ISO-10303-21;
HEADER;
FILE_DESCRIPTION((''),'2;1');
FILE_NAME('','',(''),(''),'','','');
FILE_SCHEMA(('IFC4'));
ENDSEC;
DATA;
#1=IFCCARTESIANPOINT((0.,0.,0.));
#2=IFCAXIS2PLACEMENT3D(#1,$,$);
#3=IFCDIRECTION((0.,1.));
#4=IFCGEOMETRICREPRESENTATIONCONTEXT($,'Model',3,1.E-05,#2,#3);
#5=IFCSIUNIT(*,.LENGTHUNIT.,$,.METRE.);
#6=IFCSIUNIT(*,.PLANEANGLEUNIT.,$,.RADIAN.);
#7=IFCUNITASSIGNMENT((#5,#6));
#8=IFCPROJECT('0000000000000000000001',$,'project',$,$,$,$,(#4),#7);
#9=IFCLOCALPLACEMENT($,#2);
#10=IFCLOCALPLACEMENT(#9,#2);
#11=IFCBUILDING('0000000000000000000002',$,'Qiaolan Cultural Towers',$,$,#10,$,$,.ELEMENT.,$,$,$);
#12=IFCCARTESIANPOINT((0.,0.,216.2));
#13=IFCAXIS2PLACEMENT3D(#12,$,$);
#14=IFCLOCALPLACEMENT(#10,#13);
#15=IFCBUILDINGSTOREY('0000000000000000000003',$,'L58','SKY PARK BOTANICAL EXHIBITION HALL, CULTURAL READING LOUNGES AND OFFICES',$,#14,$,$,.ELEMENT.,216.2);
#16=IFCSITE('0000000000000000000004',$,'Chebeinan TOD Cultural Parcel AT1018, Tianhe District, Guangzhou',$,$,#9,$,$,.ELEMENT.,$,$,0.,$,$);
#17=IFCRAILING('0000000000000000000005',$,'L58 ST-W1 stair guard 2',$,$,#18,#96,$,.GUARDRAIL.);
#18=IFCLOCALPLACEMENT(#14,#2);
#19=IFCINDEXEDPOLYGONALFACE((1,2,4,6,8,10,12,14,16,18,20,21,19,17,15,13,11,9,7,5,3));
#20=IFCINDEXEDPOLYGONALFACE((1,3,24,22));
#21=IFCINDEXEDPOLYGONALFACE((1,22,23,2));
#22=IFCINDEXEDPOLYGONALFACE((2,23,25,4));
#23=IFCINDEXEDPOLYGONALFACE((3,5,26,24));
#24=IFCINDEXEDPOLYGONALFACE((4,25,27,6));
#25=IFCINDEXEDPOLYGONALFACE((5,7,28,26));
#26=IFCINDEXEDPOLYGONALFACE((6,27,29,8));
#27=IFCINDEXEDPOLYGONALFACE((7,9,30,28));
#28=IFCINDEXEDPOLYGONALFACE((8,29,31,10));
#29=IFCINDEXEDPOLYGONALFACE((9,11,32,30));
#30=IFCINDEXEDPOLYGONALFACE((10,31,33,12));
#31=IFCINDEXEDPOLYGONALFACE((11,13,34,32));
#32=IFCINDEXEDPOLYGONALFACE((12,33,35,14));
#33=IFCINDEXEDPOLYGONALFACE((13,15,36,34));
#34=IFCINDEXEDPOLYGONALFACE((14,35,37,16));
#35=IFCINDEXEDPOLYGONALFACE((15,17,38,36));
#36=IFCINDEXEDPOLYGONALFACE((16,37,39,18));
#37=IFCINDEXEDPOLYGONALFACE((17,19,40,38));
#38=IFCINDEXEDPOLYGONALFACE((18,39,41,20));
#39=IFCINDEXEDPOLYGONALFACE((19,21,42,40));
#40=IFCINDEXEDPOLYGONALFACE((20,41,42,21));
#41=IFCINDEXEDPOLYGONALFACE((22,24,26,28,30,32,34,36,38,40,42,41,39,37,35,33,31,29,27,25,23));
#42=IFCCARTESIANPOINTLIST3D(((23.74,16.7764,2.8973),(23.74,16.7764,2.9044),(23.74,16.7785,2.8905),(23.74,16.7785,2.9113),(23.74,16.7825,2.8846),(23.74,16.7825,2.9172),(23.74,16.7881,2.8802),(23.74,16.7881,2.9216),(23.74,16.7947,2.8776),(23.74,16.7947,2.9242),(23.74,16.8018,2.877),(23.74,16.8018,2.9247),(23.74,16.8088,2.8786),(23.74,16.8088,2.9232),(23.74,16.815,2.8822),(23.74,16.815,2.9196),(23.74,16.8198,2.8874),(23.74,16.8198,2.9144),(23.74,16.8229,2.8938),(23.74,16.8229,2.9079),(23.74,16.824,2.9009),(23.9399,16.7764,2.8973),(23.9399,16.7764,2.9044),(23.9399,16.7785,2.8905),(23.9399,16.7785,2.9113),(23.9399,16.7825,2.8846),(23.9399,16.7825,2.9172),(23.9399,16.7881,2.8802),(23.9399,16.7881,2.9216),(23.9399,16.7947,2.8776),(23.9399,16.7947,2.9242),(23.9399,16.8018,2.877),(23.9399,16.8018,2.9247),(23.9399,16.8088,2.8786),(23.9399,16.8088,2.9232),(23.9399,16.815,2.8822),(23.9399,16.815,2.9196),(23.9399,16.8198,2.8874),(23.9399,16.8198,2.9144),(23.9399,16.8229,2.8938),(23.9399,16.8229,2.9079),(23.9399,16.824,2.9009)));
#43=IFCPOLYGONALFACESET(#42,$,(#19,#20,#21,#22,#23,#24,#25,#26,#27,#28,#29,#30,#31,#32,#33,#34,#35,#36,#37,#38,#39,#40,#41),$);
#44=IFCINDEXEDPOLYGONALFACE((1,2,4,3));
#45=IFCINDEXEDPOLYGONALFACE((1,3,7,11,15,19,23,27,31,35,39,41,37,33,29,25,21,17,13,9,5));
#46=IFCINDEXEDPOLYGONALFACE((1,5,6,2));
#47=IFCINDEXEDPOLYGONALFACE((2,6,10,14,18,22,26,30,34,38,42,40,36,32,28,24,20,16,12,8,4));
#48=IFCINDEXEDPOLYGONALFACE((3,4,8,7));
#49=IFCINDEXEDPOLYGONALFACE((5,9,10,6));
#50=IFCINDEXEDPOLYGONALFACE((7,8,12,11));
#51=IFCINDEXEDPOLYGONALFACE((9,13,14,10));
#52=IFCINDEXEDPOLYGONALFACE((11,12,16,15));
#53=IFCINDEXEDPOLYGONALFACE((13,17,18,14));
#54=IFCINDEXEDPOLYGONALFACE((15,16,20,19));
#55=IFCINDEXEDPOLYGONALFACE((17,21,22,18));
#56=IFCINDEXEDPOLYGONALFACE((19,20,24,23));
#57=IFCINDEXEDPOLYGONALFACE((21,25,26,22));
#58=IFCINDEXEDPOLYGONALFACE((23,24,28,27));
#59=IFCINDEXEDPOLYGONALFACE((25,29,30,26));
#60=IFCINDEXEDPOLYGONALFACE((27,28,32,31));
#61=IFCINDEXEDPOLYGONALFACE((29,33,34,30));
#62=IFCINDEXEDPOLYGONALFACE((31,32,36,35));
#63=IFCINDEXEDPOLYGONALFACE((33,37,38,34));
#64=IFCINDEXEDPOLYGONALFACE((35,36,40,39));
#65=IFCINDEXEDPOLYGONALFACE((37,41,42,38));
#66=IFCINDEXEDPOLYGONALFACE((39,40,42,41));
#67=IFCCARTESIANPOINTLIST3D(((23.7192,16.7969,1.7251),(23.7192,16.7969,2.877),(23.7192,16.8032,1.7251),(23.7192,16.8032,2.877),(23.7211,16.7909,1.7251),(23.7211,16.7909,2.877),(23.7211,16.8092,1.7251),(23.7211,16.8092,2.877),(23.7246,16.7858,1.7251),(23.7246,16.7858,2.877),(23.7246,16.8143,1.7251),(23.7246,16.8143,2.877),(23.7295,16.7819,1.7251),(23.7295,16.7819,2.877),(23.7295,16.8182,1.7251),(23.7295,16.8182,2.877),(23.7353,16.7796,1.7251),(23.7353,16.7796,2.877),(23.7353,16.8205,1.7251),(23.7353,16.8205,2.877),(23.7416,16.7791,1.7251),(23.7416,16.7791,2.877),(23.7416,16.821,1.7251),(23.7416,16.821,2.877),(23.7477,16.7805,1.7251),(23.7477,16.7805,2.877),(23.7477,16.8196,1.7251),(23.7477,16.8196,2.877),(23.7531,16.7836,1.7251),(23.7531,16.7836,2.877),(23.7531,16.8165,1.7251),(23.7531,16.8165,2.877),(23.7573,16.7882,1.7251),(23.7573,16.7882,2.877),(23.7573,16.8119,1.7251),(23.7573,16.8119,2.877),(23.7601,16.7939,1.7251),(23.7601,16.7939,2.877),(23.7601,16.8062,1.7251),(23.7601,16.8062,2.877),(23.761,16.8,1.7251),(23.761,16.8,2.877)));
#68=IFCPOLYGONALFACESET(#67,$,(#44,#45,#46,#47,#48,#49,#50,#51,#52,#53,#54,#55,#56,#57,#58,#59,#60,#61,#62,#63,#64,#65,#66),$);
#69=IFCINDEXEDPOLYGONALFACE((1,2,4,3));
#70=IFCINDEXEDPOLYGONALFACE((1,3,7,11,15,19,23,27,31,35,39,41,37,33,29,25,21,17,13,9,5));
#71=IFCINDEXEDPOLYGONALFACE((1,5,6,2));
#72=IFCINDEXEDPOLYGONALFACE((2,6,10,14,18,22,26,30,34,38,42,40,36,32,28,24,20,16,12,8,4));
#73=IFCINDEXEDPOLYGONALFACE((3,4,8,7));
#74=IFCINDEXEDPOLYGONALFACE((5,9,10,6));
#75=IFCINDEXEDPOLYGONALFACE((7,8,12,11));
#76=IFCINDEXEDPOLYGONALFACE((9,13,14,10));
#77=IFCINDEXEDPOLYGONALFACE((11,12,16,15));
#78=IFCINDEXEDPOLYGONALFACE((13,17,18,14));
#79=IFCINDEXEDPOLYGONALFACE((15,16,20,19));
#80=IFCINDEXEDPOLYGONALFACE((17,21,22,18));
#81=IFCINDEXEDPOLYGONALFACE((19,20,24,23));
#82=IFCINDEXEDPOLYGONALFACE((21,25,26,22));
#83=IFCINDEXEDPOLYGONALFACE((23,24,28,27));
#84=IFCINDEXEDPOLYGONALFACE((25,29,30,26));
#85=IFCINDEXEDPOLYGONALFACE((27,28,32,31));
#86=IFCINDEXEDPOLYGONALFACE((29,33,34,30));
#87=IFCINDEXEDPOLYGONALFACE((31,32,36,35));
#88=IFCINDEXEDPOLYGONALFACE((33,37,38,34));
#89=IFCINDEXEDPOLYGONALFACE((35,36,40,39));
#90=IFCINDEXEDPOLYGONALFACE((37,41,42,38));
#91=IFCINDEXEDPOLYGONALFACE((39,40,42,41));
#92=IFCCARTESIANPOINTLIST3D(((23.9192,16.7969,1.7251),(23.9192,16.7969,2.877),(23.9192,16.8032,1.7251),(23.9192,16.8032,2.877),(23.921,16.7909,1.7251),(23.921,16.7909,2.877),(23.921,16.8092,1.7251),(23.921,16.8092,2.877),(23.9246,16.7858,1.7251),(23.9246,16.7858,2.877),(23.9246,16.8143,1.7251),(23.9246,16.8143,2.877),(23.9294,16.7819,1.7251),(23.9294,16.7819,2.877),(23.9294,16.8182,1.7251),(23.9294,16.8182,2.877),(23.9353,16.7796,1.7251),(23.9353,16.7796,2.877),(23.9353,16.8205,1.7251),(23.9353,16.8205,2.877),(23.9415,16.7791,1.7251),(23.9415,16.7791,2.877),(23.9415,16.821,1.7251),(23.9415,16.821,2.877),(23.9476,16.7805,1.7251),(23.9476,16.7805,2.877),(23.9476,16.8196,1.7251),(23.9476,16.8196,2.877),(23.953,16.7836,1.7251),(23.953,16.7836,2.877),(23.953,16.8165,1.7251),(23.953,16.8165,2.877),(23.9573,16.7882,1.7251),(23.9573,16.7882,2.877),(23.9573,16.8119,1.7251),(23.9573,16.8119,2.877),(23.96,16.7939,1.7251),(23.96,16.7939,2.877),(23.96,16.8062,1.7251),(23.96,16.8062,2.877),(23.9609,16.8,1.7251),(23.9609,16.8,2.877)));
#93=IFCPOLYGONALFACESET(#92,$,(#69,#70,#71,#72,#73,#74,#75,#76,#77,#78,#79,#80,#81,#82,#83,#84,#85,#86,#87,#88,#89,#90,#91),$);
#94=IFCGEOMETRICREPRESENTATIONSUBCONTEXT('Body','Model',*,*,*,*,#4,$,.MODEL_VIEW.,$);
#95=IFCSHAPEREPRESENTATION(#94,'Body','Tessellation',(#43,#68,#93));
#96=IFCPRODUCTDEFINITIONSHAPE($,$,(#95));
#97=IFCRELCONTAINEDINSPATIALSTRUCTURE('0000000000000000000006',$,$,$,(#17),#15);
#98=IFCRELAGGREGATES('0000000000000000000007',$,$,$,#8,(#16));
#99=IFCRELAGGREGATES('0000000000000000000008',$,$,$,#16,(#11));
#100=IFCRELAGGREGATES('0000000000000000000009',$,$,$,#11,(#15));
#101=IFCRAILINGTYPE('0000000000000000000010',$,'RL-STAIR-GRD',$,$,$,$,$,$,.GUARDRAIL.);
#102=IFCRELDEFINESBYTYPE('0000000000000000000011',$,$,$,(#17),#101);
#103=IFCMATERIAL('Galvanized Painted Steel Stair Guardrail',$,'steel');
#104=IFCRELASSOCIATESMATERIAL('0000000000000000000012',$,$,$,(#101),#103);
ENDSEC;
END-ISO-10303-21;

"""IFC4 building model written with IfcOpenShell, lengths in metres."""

from ifc_helpers import new_model, si_unit, direction, frame, origin, origin_2d, place, context, subcontext, project, spatial, circle, extrude, material, type_object, element, save


model = new_model("IFC4")

# Units and contexts
model_context = context("Model", 3, precision=1e-05, world=origin(), true_north=direction((0.0, 1.0)))
body_context = subcontext(model_context, "Body", "Model", "MODEL_VIEW")
ifc_project = project(units=[si_unit("LENGTHUNIT", "METRE"), si_unit("PLANEANGLEUNIT", "RADIAN")], contexts=[model_context])

# Site, building, storey
site_placement = place(None, origin())
site = spatial("IfcSite", under=ifc_project, at=site_placement, Name="Chebeinan TOD Cultural Parcel AT1018, Tianhe District, Guangzhou", CompositionType="ELEMENT", RefElevation=0.0)
building_placement = place(site_placement, origin())
building = spatial("IfcBuilding", under=site, at=building_placement, Name="Qiaolan Cultural Towers", CompositionType="ELEMENT")
storey_placement = place(building_placement, frame((0.0, 0.0, 216.2)))
storey = spatial("IfcBuildingStorey", under=building, at=storey_placement, Name="L58", Description="SKY PARK BOTANICAL EXHIBITION HALL, CULTURAL READING LOUNGES AND OFFICES", CompositionType="ELEMENT", Elevation=216.2)

# Railing
ifc_material_1 = material(Name="Galvanized Painted Steel Stair Guardrail", Category="steel")
railing_type_1 = type_object("IfcRailingType", Name="RL-STAIR-GRD", PredefinedType="GUARDRAIL", material=ifc_material_1)
railing_1_placement = place(storey_placement, frame((23.74, 16.8, 1.7251)))
element("IfcRailing", 1, at=railing_1_placement, inside=storey, type_object=railing_type_1, Name="L58 ST-W1 stair guard 2", PredefinedType="GUARDRAIL", context=body_context, shape_type="SweptSolid", body=[
    extrude(circle(Radius=0.0239, at=origin_2d()), frame((0.0, 0.0, 1.1758), z_axis=(1.0, 0.0, 0.0), x_axis=(0.0, 1.0, 0.0)), (0.0, 0.0, 1.0), 0.2),
    extrude(circle(Radius=0.021, at=origin_2d()), origin(), (0.0, 0.0, 1.0), 1.1519),
    extrude(circle(Radius=0.021, at=origin_2d()), frame((0.2, 0.0, 0.0)), (0.0, 0.0, 1.0), 1.1519),
])

save(model, "model.ifc")
